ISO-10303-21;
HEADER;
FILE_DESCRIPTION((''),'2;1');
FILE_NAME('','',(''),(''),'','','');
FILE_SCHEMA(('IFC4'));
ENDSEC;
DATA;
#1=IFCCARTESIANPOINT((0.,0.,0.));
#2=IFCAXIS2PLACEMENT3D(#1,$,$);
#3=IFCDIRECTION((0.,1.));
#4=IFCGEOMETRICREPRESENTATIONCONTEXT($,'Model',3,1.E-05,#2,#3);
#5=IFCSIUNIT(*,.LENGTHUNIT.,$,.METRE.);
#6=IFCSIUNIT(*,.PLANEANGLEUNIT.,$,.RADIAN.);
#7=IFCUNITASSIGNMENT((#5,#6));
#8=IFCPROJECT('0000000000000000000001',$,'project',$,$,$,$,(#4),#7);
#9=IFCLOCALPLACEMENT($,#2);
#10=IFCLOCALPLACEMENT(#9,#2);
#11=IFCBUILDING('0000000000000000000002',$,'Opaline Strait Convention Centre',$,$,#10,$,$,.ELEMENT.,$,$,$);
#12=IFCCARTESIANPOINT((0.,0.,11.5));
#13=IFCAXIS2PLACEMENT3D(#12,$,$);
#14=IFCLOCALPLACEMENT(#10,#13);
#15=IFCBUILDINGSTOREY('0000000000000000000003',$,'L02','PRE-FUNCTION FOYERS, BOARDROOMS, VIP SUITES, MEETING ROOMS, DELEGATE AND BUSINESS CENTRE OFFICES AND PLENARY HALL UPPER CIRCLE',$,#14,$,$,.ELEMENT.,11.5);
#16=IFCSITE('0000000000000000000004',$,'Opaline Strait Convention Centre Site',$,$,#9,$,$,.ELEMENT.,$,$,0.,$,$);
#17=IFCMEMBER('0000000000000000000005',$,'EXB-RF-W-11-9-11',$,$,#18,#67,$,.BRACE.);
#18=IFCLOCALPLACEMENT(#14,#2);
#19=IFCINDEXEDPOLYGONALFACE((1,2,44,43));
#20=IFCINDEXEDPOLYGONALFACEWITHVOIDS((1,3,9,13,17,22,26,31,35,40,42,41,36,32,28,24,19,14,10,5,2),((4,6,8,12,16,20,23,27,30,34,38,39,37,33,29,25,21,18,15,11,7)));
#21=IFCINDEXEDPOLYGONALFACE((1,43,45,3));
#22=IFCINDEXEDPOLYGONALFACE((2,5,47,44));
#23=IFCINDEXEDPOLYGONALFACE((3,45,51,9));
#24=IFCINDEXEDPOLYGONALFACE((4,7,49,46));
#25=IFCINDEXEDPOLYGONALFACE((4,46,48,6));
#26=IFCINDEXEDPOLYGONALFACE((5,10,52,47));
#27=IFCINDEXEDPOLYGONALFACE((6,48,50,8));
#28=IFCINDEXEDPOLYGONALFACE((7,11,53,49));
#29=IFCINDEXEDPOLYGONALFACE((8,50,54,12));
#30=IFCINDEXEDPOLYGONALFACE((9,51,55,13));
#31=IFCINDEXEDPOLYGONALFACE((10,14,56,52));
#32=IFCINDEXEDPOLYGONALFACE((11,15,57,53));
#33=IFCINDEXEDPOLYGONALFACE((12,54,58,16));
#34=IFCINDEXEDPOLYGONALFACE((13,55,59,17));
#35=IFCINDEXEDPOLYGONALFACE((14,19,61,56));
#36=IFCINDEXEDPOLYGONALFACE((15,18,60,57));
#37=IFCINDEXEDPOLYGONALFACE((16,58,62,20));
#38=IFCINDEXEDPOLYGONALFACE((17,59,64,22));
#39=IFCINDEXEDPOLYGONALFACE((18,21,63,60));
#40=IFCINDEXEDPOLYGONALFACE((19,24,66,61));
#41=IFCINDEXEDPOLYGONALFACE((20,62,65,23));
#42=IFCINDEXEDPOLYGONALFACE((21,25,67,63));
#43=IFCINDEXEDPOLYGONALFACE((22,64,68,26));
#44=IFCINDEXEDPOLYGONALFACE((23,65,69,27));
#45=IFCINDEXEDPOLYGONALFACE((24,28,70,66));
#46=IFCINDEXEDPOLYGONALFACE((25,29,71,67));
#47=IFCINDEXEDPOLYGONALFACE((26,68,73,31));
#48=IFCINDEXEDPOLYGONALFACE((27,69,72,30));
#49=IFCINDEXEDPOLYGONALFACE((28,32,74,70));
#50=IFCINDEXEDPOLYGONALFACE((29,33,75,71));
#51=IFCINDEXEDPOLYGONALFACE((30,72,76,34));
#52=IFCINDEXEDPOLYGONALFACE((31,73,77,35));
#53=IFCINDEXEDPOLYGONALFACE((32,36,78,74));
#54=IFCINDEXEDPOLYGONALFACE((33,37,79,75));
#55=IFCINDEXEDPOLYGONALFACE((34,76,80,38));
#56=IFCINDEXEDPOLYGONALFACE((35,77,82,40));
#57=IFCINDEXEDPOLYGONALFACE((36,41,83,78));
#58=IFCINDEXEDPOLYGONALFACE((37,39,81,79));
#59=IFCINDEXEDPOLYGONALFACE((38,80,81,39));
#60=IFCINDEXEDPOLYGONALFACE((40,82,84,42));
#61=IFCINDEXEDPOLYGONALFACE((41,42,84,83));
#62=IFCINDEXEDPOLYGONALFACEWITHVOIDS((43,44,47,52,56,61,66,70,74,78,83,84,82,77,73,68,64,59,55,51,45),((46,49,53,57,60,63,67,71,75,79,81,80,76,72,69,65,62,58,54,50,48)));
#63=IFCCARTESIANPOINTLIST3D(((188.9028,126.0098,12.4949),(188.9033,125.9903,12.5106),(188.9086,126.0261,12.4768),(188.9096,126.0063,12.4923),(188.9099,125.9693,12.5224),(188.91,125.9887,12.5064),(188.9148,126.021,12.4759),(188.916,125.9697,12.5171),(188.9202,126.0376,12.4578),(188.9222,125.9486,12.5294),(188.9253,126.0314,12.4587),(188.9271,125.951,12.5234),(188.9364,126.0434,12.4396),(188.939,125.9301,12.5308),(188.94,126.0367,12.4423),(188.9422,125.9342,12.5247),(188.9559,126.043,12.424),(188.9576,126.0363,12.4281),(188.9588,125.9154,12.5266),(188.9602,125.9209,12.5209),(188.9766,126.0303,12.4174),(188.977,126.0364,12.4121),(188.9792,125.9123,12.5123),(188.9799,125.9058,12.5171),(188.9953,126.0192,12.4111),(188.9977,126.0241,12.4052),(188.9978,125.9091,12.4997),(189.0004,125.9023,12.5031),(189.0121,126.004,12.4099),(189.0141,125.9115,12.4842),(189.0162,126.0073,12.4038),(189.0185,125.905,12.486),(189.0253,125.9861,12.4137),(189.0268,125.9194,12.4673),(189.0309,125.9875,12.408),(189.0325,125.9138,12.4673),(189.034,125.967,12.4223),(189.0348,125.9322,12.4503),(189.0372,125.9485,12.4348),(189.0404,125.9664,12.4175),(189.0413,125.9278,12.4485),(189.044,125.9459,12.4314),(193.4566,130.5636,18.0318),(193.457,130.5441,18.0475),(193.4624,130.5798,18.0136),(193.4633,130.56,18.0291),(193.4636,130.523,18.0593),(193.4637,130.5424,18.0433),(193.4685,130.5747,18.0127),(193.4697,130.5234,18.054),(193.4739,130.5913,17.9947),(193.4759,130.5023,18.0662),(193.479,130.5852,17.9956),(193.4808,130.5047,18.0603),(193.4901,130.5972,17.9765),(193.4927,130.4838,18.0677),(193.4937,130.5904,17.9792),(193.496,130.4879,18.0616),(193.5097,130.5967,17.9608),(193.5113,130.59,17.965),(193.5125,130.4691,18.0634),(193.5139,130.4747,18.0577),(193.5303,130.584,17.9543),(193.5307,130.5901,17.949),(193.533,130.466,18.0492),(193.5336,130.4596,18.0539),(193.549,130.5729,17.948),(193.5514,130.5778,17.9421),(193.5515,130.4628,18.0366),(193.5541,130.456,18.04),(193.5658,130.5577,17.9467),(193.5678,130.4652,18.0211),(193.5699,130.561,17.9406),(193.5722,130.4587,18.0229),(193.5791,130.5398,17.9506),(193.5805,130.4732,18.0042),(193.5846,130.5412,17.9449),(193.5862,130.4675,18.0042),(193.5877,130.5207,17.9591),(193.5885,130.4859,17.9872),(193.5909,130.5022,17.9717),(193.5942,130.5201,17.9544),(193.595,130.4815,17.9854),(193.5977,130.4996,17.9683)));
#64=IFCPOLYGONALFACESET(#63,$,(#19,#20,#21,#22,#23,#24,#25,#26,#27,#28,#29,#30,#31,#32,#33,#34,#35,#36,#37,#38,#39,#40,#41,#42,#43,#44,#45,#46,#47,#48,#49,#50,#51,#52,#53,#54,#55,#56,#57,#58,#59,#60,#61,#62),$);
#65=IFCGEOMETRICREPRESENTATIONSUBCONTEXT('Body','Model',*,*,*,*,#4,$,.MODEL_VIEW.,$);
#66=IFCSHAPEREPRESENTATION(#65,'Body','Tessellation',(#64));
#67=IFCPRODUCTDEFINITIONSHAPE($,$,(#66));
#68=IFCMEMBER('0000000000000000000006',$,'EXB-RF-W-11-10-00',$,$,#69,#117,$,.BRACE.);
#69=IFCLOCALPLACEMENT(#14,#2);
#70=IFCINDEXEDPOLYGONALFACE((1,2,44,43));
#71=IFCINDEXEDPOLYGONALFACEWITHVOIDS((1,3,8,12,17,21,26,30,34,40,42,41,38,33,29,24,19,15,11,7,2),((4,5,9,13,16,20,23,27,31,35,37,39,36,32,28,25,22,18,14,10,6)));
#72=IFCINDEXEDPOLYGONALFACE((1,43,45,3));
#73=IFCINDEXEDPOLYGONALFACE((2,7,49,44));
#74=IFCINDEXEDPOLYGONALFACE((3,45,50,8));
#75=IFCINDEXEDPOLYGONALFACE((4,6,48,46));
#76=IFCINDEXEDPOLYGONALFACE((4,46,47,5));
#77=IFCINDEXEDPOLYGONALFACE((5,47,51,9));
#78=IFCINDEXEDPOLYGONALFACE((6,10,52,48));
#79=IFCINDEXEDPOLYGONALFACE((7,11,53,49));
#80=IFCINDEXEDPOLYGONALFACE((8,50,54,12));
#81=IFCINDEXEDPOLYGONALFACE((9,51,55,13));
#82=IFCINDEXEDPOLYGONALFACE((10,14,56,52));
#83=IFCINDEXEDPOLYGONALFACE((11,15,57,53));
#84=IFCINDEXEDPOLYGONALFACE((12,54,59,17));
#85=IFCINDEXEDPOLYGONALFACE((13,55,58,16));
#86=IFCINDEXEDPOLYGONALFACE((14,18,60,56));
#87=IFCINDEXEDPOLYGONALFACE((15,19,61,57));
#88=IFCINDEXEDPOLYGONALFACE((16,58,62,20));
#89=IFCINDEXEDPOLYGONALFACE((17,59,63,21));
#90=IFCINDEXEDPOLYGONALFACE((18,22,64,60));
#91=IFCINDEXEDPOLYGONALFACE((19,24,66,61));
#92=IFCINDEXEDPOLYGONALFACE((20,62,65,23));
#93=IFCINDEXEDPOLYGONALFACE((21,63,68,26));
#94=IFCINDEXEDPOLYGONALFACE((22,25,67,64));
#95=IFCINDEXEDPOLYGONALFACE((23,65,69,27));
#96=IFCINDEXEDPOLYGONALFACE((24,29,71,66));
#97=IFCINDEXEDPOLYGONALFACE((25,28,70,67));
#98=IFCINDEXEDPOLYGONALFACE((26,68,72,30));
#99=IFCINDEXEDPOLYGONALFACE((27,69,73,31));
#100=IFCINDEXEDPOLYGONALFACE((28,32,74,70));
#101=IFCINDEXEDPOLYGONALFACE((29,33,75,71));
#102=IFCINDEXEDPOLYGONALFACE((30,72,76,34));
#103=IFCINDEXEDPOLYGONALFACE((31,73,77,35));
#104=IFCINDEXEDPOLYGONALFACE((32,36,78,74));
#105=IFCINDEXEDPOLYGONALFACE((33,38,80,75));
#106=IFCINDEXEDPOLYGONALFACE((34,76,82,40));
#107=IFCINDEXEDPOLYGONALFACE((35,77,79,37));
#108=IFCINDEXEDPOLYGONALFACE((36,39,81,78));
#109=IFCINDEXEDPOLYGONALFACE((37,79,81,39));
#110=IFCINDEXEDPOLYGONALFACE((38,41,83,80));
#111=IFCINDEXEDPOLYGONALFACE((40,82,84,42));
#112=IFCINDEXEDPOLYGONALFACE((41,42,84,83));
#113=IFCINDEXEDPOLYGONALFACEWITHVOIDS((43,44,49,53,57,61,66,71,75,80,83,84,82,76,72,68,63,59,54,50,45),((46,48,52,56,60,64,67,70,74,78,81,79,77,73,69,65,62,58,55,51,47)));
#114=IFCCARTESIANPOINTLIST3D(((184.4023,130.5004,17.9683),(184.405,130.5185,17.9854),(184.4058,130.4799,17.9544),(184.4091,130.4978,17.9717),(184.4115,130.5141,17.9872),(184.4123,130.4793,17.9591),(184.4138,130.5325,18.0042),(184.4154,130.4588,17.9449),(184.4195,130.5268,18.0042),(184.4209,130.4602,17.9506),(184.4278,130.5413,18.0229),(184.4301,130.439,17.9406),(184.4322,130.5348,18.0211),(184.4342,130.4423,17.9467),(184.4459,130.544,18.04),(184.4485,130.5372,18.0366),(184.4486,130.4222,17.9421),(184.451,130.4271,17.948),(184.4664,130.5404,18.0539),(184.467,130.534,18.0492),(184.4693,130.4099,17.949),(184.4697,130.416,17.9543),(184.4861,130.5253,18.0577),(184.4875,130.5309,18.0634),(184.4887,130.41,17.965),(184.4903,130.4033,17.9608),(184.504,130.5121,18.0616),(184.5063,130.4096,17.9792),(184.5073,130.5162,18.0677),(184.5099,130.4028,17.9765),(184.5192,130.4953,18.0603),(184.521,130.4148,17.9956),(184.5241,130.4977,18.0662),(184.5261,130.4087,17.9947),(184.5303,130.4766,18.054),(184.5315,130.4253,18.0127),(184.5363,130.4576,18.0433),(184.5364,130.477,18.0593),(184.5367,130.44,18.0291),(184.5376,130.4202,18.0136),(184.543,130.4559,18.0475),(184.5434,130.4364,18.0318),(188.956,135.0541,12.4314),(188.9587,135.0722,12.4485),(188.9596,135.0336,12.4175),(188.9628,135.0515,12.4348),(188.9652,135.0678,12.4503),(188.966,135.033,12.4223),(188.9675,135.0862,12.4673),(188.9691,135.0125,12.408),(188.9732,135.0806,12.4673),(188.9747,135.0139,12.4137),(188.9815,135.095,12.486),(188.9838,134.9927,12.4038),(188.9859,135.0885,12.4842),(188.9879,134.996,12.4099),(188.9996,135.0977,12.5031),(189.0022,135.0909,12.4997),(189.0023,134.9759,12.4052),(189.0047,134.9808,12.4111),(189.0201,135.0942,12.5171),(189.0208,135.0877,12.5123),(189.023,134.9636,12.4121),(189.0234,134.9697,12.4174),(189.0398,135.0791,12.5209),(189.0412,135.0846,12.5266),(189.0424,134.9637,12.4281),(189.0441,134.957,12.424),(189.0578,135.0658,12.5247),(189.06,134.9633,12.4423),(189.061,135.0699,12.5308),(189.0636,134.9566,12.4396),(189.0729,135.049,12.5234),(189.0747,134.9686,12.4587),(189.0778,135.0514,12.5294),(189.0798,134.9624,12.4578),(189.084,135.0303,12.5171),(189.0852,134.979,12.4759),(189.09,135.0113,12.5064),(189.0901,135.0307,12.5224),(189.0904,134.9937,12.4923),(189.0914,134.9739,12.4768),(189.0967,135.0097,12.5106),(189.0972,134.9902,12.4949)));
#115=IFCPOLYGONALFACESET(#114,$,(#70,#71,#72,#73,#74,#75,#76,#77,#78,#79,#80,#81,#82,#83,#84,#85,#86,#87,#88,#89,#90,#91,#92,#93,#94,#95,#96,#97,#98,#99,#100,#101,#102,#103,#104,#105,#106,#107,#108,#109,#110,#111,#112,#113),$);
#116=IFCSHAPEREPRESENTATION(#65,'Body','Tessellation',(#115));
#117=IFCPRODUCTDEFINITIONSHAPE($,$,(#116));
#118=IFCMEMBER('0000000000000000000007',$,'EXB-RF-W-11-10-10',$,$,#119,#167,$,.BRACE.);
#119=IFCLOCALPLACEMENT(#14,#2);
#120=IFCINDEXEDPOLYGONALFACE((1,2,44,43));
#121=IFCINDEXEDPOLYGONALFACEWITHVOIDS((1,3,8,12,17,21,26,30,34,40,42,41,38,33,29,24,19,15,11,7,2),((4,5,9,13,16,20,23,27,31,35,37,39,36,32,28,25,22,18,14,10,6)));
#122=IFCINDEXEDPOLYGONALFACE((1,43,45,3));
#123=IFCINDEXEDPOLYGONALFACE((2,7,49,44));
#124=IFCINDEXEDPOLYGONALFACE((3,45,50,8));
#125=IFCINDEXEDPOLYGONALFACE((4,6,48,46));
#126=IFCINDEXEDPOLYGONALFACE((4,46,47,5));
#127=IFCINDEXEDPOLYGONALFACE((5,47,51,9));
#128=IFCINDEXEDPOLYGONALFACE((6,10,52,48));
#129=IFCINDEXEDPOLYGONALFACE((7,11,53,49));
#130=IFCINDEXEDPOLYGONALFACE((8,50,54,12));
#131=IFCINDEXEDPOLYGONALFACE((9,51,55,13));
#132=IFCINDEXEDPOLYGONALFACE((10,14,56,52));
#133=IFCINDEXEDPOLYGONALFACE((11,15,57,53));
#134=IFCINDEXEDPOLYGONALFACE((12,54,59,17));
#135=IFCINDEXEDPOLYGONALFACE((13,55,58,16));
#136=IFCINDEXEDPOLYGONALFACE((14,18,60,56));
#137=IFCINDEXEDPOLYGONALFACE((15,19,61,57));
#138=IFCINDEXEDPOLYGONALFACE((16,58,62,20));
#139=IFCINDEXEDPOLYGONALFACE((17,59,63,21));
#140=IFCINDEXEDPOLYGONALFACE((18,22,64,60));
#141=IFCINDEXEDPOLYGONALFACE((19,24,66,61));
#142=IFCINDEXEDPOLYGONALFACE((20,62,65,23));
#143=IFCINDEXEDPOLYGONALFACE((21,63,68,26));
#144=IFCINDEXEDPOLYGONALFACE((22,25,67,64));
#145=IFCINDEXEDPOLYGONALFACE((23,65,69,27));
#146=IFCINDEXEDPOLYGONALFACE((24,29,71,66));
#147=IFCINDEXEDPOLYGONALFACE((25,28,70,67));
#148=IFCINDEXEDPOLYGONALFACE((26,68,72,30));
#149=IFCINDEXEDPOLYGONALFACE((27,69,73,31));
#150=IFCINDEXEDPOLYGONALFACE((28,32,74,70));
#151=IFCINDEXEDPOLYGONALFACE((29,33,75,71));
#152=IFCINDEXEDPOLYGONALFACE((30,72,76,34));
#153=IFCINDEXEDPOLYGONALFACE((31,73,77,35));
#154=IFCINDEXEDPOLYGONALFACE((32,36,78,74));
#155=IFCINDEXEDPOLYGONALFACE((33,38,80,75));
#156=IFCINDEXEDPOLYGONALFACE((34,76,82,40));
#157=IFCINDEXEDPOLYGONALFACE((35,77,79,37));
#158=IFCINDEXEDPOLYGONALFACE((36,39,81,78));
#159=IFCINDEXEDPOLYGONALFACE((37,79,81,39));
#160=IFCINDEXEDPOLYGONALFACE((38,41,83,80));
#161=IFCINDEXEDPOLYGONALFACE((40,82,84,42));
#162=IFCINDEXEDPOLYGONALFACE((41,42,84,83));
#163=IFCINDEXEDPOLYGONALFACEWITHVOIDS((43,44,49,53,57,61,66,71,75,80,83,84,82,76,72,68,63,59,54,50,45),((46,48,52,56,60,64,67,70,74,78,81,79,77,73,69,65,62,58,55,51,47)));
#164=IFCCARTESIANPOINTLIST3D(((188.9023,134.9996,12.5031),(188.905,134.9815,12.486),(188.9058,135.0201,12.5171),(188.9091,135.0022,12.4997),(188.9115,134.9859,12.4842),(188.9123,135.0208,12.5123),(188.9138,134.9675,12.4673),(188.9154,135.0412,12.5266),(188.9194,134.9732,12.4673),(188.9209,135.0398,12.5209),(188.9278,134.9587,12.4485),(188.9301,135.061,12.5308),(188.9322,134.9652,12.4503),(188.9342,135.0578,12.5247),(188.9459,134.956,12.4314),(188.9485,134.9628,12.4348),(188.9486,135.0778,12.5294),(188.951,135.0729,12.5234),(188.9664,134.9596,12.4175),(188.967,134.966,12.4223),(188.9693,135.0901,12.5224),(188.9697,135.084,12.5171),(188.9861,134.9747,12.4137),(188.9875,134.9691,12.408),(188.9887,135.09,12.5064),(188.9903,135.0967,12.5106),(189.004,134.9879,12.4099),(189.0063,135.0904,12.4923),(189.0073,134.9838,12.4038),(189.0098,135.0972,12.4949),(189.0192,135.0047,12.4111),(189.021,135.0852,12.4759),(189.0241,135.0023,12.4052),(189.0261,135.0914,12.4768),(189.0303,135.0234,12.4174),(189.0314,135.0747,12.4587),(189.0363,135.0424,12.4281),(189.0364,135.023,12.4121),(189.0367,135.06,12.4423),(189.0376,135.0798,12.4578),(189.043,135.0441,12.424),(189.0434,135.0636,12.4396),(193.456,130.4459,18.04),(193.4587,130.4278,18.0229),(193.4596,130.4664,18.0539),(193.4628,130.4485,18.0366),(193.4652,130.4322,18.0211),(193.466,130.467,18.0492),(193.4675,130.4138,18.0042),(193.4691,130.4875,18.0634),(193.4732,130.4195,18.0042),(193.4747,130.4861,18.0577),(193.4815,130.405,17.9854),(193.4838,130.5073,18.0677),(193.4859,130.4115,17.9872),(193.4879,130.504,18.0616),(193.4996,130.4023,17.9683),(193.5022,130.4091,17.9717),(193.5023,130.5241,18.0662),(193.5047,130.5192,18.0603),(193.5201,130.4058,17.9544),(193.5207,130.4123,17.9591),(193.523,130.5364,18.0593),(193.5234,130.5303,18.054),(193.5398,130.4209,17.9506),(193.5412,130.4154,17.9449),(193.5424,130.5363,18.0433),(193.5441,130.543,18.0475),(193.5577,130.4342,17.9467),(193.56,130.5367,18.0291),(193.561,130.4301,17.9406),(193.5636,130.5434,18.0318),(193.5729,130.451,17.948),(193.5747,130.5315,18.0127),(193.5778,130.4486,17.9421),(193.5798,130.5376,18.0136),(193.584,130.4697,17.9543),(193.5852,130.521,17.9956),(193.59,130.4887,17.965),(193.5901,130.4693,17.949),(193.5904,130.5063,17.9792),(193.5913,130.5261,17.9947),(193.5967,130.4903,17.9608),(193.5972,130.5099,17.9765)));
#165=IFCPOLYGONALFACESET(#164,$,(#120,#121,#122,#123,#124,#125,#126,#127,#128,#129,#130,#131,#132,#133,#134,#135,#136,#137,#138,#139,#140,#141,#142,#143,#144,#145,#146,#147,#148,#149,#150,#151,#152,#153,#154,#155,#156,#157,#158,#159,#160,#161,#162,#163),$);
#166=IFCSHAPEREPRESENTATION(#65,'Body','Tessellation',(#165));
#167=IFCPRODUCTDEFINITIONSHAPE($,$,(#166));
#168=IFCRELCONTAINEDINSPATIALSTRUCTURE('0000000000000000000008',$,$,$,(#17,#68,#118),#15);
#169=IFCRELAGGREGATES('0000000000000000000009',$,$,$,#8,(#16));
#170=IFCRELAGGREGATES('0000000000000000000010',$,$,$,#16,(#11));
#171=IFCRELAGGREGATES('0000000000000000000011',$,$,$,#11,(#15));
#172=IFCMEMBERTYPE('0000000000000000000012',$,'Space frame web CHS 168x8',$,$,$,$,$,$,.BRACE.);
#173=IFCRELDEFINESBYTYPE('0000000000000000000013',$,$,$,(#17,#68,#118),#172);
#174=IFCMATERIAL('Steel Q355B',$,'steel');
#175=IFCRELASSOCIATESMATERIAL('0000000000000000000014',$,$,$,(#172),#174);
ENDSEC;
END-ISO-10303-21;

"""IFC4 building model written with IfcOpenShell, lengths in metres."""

from ifc_helpers import new_model, si_unit, direction, frame, origin, origin_2d, place, context, subcontext, project, spatial, hollow_circle, extrude, material, material_profile, profile_set, type_object, element, save


model = new_model("IFC4")

# Units and contexts
model_context = context("Model", 3, precision=1e-05, world=origin(), true_north=direction((0.0, 1.0)))
body_context = subcontext(model_context, "Body", "Model", "MODEL_VIEW")
ifc_project = project(units=[si_unit("LENGTHUNIT", "METRE"), si_unit("PLANEANGLEUNIT", "RADIAN")], contexts=[model_context])

# Site, building, storey
site_placement = place(None, origin())
site = spatial("IfcSite", under=ifc_project, at=site_placement, Name="Opaline Strait Convention Centre Site", CompositionType="ELEMENT", RefElevation=0.0)
building_placement = place(site_placement, origin())
building = spatial("IfcBuilding", under=site, at=building_placement, Name="Opaline Strait Convention Centre", CompositionType="ELEMENT")
storey_placement = place(building_placement, frame((0.0, 0.0, 11.5)))
storey = spatial("IfcBuildingStorey", under=building, at=storey_placement, Name="L02", Description="PRE-FUNCTION FOYERS, BOARDROOMS, VIP SUITES, MEETING ROOMS, DELEGATE AND BUSINESS CENTRE OFFICES AND PLENARY HALL UPPER CIRCLE", CompositionType="ELEMENT", Elevation=11.5)

# Members
ifc_material = material(Name="Steel Q355B", Category="steel")
ifc_material_profile_1 = material_profile(ifc_material, hollow_circle(Radius=0.084, WallThickness=0.0081, at=origin_2d()), Name="CHS 168x8")
ifc_profile_set_1 = profile_set([ifc_material_profile_1], Name="Steel Q355B")
member_type_1 = type_object("IfcMemberType", Name="Space frame web CHS 168x8", PredefinedType="BRACE", material=ifc_profile_set_1)
for number, where, z_axis, x_axis, name in (
    (1, (193.5269, 130.5269, 18.0042), (-0.536178, -0.536178, -0.65194), (0.707107, -0.707107, 0.0), "EXB-RF-W-11-9-11"),
    (2, (184.4731, 130.4731, 18.0042), (0.536178, 0.536178, -0.65194), (-0.707107, 0.707107, 0.0), "EXB-RF-W-11-10-00"),
    (3, (193.5269, 130.4731, 18.0042), (-0.536178, 0.536178, -0.65194), (-0.707107, -0.707107, 0.0), "EXB-RF-W-11-10-10"),
):
    element("IfcMember", number, at=place(storey_placement, frame(where, z_axis=z_axis, x_axis=x_axis)), inside=storey, type_object=member_type_1, Name=name, PredefinedType="BRACE", context=body_context, shape_type="SweptSolid", body=[
        extrude(hollow_circle(Radius=0.084, WallThickness=0.0081, at=origin_2d()), origin(), (0.0, 0.0, 1.0), 8.4929),
    ])

save(model, "model.ifc")
